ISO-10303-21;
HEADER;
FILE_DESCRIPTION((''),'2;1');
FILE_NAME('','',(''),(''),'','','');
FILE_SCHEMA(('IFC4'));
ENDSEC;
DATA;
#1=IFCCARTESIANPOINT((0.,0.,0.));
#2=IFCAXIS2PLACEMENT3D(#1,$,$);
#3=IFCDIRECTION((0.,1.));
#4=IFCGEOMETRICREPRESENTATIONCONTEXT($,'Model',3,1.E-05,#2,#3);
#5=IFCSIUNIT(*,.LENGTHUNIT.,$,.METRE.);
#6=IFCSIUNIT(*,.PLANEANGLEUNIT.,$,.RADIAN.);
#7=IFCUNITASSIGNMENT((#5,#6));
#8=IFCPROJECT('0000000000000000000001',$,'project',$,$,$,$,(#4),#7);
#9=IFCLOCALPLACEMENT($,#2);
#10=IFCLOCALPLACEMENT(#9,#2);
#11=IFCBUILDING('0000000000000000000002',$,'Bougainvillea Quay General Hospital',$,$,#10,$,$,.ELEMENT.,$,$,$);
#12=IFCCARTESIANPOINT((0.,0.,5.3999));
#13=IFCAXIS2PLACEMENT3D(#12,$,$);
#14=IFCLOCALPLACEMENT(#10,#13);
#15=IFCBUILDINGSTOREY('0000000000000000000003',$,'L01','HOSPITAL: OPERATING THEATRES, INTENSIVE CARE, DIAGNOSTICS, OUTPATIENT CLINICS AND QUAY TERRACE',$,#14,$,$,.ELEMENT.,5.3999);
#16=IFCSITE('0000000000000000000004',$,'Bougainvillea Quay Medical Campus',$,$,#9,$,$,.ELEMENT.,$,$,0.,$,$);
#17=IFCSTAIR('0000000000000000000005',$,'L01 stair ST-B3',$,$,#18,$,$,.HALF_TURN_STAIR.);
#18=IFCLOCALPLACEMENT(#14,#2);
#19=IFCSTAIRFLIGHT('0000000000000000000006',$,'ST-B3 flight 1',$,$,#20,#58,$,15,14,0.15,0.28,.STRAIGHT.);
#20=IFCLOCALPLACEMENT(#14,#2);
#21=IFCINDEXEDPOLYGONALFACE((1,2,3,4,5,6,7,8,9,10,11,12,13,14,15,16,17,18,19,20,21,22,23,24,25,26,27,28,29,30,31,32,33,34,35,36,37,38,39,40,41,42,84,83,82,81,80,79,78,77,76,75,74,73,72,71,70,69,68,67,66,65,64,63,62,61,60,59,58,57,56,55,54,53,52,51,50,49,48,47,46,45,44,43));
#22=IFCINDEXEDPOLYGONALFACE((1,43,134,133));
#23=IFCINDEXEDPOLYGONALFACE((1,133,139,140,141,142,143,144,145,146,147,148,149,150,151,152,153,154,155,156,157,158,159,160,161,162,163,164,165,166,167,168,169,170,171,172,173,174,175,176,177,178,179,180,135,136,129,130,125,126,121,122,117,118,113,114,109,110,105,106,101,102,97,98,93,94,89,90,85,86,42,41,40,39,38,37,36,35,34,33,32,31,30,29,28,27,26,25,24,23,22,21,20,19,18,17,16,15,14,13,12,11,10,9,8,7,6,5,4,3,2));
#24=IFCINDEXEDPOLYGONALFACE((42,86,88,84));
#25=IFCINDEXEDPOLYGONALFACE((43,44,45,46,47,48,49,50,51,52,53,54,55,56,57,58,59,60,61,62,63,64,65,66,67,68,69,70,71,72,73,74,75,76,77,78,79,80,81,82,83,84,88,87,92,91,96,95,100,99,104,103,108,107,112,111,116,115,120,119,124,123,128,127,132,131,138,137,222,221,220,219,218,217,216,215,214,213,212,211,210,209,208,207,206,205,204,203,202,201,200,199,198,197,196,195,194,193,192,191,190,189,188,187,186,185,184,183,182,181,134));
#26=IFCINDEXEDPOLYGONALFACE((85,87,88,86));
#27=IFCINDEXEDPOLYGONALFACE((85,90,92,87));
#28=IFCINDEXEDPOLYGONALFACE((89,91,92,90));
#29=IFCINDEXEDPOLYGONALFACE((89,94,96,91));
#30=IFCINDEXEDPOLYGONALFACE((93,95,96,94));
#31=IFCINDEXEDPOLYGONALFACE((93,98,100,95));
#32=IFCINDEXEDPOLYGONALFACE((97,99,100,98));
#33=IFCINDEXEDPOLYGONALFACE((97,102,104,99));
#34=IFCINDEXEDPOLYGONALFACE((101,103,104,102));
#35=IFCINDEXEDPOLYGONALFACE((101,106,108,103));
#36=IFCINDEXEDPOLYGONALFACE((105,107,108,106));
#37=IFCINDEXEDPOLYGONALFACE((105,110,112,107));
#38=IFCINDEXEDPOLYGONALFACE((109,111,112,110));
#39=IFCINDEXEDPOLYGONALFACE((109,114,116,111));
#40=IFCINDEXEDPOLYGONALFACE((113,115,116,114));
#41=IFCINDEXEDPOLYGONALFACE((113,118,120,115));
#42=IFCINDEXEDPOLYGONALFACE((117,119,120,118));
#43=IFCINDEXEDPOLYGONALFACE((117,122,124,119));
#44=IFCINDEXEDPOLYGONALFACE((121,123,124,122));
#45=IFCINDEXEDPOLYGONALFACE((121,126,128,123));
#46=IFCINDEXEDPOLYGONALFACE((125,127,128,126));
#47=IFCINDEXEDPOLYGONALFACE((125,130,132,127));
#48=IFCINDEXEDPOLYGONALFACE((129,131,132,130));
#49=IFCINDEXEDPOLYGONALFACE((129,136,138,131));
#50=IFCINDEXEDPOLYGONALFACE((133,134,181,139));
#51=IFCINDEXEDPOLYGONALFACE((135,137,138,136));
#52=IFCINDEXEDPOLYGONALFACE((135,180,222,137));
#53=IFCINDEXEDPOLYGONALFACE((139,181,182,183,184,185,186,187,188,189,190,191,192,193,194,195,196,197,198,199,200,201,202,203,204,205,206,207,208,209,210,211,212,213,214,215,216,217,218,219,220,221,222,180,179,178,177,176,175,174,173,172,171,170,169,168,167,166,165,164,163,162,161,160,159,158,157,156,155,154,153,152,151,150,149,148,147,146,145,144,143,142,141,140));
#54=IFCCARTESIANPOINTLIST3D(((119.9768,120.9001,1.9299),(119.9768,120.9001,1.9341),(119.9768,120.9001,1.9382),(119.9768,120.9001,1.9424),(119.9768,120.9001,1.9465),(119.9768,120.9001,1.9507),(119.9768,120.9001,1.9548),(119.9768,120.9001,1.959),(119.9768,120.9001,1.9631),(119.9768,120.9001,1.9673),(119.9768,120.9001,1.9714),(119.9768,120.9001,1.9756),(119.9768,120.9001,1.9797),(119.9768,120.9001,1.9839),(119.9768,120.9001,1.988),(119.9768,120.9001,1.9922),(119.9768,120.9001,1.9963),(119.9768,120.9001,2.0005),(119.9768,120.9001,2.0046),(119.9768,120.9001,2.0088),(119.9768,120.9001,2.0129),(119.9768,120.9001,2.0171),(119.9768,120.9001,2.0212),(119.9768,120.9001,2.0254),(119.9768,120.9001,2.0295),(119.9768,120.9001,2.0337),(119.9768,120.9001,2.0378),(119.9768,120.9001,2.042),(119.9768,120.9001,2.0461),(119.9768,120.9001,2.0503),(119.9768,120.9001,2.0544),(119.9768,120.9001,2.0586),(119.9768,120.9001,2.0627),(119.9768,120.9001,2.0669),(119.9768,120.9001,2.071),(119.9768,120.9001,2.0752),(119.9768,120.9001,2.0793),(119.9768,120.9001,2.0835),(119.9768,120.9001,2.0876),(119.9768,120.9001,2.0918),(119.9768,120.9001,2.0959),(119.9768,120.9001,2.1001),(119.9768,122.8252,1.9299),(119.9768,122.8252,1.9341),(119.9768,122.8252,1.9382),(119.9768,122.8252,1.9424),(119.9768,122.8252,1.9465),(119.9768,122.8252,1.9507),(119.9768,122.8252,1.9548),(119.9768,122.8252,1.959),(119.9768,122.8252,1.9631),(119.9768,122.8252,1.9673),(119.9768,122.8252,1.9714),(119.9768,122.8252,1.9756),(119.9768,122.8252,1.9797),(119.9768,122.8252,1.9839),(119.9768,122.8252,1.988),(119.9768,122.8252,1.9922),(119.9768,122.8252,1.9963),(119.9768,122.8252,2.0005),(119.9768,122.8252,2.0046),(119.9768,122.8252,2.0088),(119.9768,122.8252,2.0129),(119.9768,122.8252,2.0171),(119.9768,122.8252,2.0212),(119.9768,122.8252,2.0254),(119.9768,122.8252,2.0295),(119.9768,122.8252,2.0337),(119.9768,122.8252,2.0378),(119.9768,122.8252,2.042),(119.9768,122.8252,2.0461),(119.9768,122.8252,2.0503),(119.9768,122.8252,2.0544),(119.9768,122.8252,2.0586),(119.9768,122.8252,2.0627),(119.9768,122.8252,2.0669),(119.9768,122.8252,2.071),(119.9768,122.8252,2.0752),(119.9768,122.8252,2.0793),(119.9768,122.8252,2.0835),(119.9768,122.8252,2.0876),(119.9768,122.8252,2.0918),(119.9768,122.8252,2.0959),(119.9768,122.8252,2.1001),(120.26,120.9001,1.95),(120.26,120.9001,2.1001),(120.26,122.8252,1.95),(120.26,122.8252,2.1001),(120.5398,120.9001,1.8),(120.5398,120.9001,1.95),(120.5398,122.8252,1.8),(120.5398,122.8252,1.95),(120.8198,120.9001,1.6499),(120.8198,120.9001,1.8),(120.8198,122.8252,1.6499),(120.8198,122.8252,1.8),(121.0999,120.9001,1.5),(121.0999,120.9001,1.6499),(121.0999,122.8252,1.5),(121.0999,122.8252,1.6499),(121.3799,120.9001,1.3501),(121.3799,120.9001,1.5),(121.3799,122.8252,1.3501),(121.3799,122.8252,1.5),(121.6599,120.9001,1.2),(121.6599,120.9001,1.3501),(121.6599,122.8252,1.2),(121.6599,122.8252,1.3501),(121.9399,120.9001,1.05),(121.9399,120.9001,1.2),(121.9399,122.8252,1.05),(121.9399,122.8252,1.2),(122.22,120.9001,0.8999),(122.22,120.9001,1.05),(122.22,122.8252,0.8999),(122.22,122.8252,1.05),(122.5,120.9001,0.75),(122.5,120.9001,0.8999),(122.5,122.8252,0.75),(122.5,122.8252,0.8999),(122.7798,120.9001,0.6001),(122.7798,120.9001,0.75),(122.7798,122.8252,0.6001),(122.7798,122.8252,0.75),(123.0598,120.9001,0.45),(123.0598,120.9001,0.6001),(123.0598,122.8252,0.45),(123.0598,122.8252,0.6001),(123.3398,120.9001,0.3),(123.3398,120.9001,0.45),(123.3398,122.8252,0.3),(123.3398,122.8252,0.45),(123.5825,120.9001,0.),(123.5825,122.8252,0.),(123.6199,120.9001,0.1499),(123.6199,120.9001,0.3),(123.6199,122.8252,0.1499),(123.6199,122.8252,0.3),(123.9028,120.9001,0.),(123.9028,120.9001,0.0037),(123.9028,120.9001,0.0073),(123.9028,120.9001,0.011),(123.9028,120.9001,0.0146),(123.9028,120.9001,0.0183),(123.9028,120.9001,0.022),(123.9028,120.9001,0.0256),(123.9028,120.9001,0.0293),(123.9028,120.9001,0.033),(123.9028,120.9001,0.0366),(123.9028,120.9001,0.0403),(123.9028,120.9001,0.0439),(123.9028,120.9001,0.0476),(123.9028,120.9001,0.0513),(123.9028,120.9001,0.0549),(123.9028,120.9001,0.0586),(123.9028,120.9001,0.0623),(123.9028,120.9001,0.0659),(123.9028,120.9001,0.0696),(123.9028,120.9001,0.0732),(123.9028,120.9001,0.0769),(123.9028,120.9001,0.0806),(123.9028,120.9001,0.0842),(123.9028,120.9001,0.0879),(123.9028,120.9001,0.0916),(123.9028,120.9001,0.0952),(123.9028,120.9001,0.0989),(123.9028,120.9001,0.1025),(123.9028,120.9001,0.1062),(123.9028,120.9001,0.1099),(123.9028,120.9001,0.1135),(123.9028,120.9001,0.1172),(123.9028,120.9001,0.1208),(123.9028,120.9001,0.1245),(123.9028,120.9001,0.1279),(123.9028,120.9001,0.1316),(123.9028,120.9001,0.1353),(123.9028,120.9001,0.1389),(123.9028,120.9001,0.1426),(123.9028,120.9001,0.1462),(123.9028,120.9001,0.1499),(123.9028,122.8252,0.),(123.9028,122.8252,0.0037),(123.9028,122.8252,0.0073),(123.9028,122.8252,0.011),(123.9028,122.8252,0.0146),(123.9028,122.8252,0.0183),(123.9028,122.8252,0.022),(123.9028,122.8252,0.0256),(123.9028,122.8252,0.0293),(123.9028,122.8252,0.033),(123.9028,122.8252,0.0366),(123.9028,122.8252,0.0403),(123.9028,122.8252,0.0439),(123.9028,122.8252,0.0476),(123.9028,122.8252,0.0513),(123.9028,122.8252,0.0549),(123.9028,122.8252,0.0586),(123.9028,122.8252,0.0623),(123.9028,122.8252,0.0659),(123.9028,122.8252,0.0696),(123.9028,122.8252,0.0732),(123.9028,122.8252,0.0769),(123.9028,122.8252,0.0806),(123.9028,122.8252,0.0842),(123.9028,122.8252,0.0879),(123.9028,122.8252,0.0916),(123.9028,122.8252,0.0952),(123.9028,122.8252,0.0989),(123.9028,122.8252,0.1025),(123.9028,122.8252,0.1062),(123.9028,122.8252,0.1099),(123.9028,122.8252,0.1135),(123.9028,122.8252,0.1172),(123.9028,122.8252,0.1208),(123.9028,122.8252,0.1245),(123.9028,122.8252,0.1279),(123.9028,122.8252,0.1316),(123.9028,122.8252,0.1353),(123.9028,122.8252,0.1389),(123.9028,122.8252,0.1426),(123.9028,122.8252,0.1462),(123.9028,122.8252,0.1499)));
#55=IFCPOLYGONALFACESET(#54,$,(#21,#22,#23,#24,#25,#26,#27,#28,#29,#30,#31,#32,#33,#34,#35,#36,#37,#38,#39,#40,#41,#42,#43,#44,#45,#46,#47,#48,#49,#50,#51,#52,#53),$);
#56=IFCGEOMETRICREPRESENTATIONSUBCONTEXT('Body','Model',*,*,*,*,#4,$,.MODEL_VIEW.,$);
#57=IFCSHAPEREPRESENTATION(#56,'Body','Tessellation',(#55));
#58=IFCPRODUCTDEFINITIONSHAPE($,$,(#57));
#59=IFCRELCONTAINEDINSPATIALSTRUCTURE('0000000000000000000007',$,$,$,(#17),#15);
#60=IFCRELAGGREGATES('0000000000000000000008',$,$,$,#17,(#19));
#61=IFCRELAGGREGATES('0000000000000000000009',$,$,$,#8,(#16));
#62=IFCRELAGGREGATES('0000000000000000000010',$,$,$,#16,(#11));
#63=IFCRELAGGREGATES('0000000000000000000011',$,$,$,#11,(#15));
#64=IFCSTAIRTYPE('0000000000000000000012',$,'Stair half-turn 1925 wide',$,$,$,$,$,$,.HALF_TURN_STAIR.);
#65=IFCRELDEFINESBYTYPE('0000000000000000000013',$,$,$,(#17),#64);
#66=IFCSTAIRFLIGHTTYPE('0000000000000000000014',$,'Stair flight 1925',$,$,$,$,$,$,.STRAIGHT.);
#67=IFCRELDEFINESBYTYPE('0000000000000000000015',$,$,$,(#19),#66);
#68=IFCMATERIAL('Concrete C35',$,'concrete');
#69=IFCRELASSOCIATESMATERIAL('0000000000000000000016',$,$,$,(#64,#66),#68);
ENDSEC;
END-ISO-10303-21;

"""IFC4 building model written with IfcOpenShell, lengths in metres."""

from ifc_helpers import new_model, si_unit, direction, frame, origin, place, context, subcontext, project, spatial, polyline, outline, extrude, material, type_object, element, aggregate, save


model = new_model("IFC4")

# Units and contexts
model_context = context("Model", 3, precision=1e-05, world=origin(), true_north=direction((0.0, 1.0)))
body_context = subcontext(model_context, "Body", "Model", "MODEL_VIEW")
ifc_project = project(units=[si_unit("LENGTHUNIT", "METRE"), si_unit("PLANEANGLEUNIT", "RADIAN")], contexts=[model_context])

# Site, building, storey
site_placement = place(None, origin())
site = spatial("IfcSite", under=ifc_project, at=site_placement, Name="Bougainvillea Quay Medical Campus", CompositionType="ELEMENT", RefElevation=0.0)
building_placement = place(site_placement, origin())
building = spatial("IfcBuilding", under=site, at=building_placement, Name="Bougainvillea Quay General Hospital", CompositionType="ELEMENT")
storey_placement = place(building_placement, frame((0.0, 0.0, 5.3999)))
storey = spatial("IfcBuildingStorey", under=building, at=storey_placement, Name="L01", Description="HOSPITAL: OPERATING THEATRES, INTENSIVE CARE, DIAGNOSTICS, OUTPATIENT CLINICS AND QUAY TERRACE", CompositionType="ELEMENT", Elevation=5.3999)

# Stair, stair flight
ifc_material_1 = material(Name="Concrete C35", Category="concrete")
stair_type = type_object("IfcStairType", Name="Stair half-turn 1925 wide", PredefinedType="HALF_TURN_STAIR", material=ifc_material_1)
stair_placement = place(storey_placement, origin())
stair = element("IfcStair", 1, at=stair_placement, inside=storey, type_object=stair_type, Name="L01 stair ST-B3", PredefinedType="HALF_TURN_STAIR")
stair_flight_type = type_object("IfcStairFlightType", Name="Stair flight 1925", PredefinedType="STRAIGHT", material=ifc_material_1)
stair_flight_placement = place(storey_placement, frame((123.8999, 121.8625, 0.0), z_axis=(0.0, 0.0, 1.0), x_axis=(-1.0, 0.0, 0.0)))
stair_flight = element("IfcStairFlight", 2, at=stair_flight_placement, type_object=stair_flight_type, Name="ST-B3 flight 1", NumberOfRisers=15, NumberOfTreads=14, PredefinedType="STRAIGHT", RiserHeight=0.15, TreadLength=0.28, context=body_context, shape_type="SweptSolid", body=[
    extrude(outline(polyline([(-0.0029, 0.0), (-0.0029, 0.0037), (-0.0029, 0.0073), (-0.0029, 0.011), (-0.0029, 0.0146), (-0.0029, 0.0183), (-0.0029, 0.022), (-0.0029, 0.0256), (-0.0029, 0.0293), (-0.0029, 0.033), (-0.0029, 0.0366), (-0.0029, 0.0403), (-0.0029, 0.0439), (-0.0029, 0.0476), (-0.0029, 0.0513), (-0.0029, 0.0549), (-0.0029, 0.0586), (-0.0029, 0.0623), (-0.0029, 0.0659), (-0.0029, 0.0696), (-0.0029, 0.0732), (-0.0029, 0.0769), (-0.0029, 0.0806), (-0.0029, 0.0842), (-0.0029, 0.0879), (-0.0029, 0.0916), (-0.0029, 0.0952), (-0.0029, 0.0989), (-0.0029, 0.1025), (-0.0029, 0.1062), (-0.0029, 0.1099), (-0.0029, 0.1135), (-0.0029, 0.1172), (-0.0029, 0.1208), (-0.0029, 0.1245), (-0.0029, 0.1279), (-0.0029, 0.1316), (-0.0029, 0.1353), (-0.0029, 0.1389), (-0.0029, 0.1426), (-0.0029, 0.1462), (-0.0029, 0.1499), (0.28, 0.1499), (0.28, 0.3), (0.5601, 0.3), (0.5601, 0.45), (0.8401, 0.45), (0.8401, 0.6001), (1.1201, 0.6001), (1.1201, 0.75), (1.3999, 0.75), (1.3999, 0.8999), (1.6799, 0.8999), (1.6799, 1.05), (1.96, 1.05), (1.96, 1.2), (2.24, 1.2), (2.24, 1.3501), (2.52, 1.3501), (2.52, 1.5), (2.8, 1.5), (2.8, 1.6499), (3.0801, 1.6499), (3.0801, 1.8), (3.3601, 1.8), (3.3601, 1.95), (3.6399, 1.95), (3.6399, 2.1001), (3.9231, 2.1001), (3.9231, 2.0959), (3.9231, 2.0918), (3.9231, 2.0876), (3.9231, 2.0835), (3.9231, 2.0793), (3.9231, 2.0752), (3.9231, 2.071), (3.9231, 2.0669), (3.9231, 2.0627), (3.9231, 2.0586), (3.9231, 2.0544), (3.9231, 2.0503), (3.9231, 2.0461), (3.9231, 2.042), (3.9231, 2.0378), (3.9231, 2.0337), (3.9231, 2.0295), (3.9231, 2.0254), (3.9231, 2.0212), (3.9231, 2.0171), (3.9231, 2.0129), (3.9231, 2.0088), (3.9231, 2.0046), (3.9231, 2.0005), (3.9231, 1.9963), (3.9231, 1.9922), (3.9231, 1.988), (3.9231, 1.9839), (3.9231, 1.9797), (3.9231, 1.9756), (3.9231, 1.9714), (3.9231, 1.9673), (3.9231, 1.9631), (3.9231, 1.959), (3.9231, 1.9548), (3.9231, 1.9507), (3.9231, 1.9465), (3.9231, 1.9424), (3.9231, 1.9382), (3.9231, 1.9341), (3.9231, 1.9299), (0.3174, 0.0), (-0.0029, 0.0)])), frame((0.0, 0.9624, 0.0), z_axis=(0.0, -1.0, 0.0), x_axis=(1.0, 0.0, 0.0)), (0.0, 0.0, 1.0), 1.925),
])
aggregate(stair, [stair_flight])

save(model, "model.ifc")
